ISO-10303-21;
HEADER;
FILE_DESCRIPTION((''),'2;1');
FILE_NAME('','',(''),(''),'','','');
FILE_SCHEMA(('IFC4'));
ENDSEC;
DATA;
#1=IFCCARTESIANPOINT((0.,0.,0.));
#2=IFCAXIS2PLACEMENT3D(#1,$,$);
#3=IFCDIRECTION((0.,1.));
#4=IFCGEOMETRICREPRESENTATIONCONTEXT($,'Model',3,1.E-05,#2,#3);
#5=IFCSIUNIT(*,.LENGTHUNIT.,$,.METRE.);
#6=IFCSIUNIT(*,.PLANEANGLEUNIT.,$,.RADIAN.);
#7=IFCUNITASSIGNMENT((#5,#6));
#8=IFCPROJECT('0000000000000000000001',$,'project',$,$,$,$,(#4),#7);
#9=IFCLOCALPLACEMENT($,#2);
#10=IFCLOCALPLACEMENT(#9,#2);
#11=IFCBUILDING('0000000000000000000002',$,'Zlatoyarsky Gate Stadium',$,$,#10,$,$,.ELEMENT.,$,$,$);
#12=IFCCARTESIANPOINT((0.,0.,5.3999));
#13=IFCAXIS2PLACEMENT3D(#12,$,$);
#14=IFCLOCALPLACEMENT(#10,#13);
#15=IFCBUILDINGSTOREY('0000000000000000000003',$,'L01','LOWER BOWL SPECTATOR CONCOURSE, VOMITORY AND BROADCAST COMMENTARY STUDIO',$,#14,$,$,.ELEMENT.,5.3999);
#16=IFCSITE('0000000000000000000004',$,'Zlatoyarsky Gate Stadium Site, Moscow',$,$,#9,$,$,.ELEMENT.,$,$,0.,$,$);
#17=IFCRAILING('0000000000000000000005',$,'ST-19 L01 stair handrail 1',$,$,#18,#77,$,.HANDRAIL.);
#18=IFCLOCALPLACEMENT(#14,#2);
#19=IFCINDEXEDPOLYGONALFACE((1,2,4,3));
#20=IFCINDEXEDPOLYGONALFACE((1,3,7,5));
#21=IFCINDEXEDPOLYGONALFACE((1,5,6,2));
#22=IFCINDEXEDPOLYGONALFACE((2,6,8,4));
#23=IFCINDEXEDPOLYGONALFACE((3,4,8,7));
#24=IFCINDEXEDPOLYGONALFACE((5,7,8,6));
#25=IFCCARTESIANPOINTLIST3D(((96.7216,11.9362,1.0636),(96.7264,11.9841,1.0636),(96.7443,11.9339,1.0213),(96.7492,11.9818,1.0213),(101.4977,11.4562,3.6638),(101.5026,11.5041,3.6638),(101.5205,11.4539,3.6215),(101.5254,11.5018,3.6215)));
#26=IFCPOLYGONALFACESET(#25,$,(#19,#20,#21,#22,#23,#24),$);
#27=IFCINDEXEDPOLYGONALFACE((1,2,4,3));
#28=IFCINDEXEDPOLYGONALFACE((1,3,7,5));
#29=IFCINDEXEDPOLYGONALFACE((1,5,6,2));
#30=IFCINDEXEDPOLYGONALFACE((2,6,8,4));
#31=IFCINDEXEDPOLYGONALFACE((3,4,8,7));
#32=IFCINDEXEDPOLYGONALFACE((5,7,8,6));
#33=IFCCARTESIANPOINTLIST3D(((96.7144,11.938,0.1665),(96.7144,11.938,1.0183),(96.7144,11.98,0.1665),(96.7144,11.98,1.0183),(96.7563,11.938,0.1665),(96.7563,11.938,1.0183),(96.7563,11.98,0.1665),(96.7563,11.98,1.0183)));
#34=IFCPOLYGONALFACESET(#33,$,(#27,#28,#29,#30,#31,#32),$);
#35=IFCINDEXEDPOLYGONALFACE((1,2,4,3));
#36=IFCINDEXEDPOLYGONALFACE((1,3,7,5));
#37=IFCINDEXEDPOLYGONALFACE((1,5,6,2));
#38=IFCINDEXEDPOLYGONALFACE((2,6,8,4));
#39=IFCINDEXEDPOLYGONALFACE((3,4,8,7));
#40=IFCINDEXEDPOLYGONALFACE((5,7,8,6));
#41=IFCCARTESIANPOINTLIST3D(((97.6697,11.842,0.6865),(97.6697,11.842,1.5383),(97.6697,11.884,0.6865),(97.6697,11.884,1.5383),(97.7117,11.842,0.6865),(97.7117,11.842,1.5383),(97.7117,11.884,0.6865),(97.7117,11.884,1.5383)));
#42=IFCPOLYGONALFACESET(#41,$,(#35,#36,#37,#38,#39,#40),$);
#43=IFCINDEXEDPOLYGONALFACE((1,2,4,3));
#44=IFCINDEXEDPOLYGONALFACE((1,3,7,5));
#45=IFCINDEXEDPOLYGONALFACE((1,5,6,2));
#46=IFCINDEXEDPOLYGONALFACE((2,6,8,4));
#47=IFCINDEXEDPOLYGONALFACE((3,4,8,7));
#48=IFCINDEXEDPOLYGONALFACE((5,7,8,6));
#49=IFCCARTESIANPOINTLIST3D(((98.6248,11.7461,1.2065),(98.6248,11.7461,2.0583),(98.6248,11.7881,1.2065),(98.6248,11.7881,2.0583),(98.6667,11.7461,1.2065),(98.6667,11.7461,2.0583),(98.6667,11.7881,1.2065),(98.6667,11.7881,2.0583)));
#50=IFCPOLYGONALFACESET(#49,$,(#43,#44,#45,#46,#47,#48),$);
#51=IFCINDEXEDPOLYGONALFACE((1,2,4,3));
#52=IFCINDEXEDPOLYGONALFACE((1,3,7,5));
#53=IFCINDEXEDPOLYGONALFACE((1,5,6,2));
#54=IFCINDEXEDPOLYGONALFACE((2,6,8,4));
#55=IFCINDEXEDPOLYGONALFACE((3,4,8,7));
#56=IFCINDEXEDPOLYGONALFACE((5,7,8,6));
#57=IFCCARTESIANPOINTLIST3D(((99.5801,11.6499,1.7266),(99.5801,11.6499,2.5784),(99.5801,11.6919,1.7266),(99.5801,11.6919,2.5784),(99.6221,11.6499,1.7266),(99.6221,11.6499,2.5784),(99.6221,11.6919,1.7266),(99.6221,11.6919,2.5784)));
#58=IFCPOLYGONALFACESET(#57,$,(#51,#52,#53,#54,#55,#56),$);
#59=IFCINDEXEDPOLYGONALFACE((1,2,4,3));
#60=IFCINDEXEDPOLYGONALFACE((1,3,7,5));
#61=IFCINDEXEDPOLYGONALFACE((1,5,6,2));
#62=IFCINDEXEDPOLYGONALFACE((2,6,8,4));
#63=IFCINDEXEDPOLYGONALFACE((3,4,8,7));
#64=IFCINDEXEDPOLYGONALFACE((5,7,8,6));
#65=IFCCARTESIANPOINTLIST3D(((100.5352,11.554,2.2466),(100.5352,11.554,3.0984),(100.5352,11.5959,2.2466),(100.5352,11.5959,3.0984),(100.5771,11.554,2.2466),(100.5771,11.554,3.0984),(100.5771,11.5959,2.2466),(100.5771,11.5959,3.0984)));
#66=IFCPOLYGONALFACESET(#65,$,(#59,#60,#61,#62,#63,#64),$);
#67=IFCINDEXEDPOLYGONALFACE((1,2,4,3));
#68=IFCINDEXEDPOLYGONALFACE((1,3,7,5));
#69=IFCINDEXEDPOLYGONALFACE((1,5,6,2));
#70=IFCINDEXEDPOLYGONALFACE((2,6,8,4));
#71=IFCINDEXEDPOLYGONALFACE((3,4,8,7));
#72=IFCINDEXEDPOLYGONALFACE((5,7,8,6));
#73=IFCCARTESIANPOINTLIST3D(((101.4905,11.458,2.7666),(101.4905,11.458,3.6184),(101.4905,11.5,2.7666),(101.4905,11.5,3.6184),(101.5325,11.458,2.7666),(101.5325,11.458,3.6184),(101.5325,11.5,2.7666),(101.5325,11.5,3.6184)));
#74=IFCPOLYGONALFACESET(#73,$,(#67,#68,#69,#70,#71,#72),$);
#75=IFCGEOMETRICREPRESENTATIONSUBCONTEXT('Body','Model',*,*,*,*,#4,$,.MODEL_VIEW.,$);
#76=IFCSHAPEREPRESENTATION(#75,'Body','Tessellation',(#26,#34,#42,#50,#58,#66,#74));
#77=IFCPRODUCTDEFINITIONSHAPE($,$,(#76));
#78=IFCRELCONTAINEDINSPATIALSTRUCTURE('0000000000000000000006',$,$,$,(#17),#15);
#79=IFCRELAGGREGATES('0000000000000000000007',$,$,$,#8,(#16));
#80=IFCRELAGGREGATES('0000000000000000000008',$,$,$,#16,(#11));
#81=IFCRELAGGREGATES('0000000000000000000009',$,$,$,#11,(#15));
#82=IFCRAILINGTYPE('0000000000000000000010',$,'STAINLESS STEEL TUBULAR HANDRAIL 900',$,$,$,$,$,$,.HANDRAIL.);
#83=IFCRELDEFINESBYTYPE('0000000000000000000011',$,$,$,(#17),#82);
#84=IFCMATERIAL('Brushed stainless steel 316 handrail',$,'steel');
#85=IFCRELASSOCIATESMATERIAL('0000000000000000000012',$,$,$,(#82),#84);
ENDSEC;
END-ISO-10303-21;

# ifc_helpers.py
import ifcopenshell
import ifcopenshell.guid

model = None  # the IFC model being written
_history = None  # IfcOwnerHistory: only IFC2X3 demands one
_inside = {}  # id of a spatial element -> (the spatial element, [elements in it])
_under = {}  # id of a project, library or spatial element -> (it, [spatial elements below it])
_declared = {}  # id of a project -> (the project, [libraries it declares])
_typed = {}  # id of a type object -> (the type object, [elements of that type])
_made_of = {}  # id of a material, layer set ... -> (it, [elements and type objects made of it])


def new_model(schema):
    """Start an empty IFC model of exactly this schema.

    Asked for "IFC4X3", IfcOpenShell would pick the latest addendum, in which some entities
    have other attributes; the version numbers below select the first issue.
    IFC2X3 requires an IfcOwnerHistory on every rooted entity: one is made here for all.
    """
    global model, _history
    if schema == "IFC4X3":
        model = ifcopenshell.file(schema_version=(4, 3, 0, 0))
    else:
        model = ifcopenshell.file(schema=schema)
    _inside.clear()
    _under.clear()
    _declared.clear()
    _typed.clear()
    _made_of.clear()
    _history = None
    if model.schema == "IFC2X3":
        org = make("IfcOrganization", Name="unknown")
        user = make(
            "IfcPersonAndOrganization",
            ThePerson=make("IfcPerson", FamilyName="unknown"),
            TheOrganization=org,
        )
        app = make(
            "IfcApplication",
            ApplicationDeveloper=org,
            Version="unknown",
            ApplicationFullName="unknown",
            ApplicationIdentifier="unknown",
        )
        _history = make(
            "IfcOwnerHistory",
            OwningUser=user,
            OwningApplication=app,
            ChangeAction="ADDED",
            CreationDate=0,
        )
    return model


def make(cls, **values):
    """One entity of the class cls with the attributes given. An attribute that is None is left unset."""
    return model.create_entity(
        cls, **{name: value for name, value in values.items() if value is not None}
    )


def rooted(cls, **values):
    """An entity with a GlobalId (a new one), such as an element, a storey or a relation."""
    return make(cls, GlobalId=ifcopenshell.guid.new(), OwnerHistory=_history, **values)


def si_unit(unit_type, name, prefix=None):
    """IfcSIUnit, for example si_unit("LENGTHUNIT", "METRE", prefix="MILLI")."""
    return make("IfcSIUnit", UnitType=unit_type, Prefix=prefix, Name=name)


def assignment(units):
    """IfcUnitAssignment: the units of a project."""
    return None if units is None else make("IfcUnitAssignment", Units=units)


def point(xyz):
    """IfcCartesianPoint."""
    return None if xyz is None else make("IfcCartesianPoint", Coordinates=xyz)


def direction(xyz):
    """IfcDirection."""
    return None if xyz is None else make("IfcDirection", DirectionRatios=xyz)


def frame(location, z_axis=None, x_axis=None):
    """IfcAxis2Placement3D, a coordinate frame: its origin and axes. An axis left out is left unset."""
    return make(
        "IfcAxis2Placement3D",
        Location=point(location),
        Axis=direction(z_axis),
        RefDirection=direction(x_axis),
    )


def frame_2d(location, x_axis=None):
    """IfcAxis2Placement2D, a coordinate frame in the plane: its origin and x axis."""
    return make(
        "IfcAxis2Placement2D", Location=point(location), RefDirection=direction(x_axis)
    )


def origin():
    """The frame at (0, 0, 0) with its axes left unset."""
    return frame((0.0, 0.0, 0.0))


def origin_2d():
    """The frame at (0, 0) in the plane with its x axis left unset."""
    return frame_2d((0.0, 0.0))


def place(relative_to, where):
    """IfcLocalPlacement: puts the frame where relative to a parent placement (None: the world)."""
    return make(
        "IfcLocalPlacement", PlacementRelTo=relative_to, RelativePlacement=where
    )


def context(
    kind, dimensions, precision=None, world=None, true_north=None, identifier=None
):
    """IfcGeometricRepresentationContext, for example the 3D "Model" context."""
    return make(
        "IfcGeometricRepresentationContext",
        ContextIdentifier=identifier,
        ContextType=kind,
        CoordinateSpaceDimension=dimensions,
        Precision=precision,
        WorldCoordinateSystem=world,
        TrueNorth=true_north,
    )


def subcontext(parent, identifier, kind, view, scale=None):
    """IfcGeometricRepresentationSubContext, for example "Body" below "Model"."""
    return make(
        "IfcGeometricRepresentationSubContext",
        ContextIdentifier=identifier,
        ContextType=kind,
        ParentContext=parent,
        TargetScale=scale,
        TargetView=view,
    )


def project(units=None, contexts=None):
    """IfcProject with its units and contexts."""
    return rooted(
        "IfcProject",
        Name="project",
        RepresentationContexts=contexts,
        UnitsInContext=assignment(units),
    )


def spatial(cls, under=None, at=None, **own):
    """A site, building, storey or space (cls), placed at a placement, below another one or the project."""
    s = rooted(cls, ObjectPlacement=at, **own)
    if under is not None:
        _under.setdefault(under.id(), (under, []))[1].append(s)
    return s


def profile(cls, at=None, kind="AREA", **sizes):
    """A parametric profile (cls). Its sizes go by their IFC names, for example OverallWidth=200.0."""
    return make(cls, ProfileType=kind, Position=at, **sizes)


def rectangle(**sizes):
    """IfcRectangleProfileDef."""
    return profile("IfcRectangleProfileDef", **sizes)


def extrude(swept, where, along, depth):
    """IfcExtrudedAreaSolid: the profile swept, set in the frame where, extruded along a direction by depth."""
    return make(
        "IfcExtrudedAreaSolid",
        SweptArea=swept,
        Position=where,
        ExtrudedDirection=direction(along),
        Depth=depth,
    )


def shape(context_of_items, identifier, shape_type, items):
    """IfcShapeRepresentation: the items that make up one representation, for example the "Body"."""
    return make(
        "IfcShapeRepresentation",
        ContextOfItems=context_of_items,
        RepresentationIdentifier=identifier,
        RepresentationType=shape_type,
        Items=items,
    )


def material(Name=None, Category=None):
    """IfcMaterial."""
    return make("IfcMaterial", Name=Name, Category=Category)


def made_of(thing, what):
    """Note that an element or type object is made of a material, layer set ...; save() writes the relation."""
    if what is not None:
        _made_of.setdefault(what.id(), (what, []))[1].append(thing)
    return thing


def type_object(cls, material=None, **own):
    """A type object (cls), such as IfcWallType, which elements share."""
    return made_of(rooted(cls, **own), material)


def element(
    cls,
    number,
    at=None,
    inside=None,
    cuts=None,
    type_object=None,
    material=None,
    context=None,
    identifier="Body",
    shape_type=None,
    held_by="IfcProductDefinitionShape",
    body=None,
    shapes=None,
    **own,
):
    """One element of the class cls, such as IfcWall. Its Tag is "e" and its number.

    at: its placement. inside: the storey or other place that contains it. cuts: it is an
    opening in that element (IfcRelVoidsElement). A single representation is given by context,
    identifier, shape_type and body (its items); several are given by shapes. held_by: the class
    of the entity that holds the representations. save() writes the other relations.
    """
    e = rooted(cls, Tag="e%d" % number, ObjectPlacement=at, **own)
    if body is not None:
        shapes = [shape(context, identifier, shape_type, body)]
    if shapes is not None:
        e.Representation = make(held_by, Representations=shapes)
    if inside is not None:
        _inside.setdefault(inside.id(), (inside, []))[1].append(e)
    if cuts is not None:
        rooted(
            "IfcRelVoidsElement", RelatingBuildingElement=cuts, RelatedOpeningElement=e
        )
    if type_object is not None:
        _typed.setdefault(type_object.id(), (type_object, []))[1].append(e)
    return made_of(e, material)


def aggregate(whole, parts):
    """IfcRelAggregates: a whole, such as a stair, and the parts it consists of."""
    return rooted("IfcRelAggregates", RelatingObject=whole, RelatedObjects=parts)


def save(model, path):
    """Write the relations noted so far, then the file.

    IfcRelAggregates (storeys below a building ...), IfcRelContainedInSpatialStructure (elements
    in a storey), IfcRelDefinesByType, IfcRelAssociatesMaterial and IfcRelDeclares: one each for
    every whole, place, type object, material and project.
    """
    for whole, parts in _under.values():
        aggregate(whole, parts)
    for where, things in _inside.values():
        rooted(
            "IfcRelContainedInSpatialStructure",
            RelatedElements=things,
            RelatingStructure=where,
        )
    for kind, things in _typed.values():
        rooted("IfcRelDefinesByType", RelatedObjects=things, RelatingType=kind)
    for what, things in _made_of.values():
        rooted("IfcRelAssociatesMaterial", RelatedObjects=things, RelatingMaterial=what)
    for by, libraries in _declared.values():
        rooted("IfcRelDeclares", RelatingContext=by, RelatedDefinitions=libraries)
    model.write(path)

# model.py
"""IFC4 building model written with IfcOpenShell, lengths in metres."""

from ifc_helpers import new_model, si_unit, direction, frame, origin, origin_2d, place, context, subcontext, project, spatial, rectangle, extrude, material, type_object, element, save


model = new_model("IFC4")

# Units and contexts
model_context = context("Model", 3, precision=1e-05, world=origin(), true_north=direction((0.0, 1.0)))
body_context = subcontext(model_context, "Body", "Model", "MODEL_VIEW")
ifc_project = project(units=[si_unit("LENGTHUNIT", "METRE"), si_unit("PLANEANGLEUNIT", "RADIAN")], contexts=[model_context])

# Site, building, storey
site_placement = place(None, origin())
site = spatial("IfcSite", under=ifc_project, at=site_placement, Name="Zlatoyarsky Gate Stadium Site, Moscow", CompositionType="ELEMENT", RefElevation=0.0)
building_placement = place(site_placement, origin())
building = spatial("IfcBuilding", under=site, at=building_placement, Name="Zlatoyarsky Gate Stadium", CompositionType="ELEMENT")
storey_placement = place(building_placement, frame((0.0, 0.0, 5.3999)))
storey = spatial("IfcBuildingStorey", under=building, at=storey_placement, Name="L01", Description="LOWER BOWL SPECTATOR CONCOURSE, VOMITORY AND BROADCAST COMMENTARY STUDIO", CompositionType="ELEMENT", Elevation=5.3999)

# Railing
ifc_material_1 = material(Name="Brushed stainless steel 316 handrail", Category="steel")
railing_type_1 = type_object("IfcRailingType", Name="STAINLESS STEEL TUBULAR HANDRAIL 900", PredefinedType="HANDRAIL", material=ifc_material_1)
railing_1_placement = place(storey_placement, frame((96.7354, 11.959, 0.1665)))
element("IfcRailing", 1, at=railing_1_placement, inside=storey, type_object=railing_type_1, Name="ST-19 L01 stair handrail 1", PredefinedType="HANDRAIL", context=body_context, shape_type="SweptSolid", body=[
    extrude(rectangle(XDim=0.0481, YDim=0.0481, at=origin_2d()), frame((0.0, 0.0, 0.876), z_axis=(0.874885, -0.087922, 0.476283), x_axis=(0.099992, 0.994988, 0.0)), (0.0, 0.0, 1.0), 5.4592),
    extrude(rectangle(XDim=0.042, YDim=0.042, at=origin_2d()), origin(), (0.0, 0.0, 1.0), 0.8518),
    extrude(rectangle(XDim=0.042, YDim=0.042, at=origin_2d()), frame((0.9553, -0.0959, 0.52)), (0.0, 0.0, 1.0), 0.8518),
    extrude(rectangle(XDim=0.042, YDim=0.042, at=origin_2d()), frame((1.9104, -0.1919, 1.04)), (0.0, 0.0, 1.0), 0.8518),
    extrude(rectangle(XDim=0.042, YDim=0.042, at=origin_2d()), frame((2.8657, -0.2881, 1.5601)), (0.0, 0.0, 1.0), 0.8518),
    extrude(rectangle(XDim=0.042, YDim=0.042, at=origin_2d()), frame((3.8208, -0.384, 2.0801)), (0.0, 0.0, 1.0), 0.8518),
    extrude(rectangle(XDim=0.042, YDim=0.042, at=origin_2d()), frame((4.7761, -0.48, 2.6001)), (0.0, 0.0, 1.0), 0.8518),
])

save(model, "model.ifc")
